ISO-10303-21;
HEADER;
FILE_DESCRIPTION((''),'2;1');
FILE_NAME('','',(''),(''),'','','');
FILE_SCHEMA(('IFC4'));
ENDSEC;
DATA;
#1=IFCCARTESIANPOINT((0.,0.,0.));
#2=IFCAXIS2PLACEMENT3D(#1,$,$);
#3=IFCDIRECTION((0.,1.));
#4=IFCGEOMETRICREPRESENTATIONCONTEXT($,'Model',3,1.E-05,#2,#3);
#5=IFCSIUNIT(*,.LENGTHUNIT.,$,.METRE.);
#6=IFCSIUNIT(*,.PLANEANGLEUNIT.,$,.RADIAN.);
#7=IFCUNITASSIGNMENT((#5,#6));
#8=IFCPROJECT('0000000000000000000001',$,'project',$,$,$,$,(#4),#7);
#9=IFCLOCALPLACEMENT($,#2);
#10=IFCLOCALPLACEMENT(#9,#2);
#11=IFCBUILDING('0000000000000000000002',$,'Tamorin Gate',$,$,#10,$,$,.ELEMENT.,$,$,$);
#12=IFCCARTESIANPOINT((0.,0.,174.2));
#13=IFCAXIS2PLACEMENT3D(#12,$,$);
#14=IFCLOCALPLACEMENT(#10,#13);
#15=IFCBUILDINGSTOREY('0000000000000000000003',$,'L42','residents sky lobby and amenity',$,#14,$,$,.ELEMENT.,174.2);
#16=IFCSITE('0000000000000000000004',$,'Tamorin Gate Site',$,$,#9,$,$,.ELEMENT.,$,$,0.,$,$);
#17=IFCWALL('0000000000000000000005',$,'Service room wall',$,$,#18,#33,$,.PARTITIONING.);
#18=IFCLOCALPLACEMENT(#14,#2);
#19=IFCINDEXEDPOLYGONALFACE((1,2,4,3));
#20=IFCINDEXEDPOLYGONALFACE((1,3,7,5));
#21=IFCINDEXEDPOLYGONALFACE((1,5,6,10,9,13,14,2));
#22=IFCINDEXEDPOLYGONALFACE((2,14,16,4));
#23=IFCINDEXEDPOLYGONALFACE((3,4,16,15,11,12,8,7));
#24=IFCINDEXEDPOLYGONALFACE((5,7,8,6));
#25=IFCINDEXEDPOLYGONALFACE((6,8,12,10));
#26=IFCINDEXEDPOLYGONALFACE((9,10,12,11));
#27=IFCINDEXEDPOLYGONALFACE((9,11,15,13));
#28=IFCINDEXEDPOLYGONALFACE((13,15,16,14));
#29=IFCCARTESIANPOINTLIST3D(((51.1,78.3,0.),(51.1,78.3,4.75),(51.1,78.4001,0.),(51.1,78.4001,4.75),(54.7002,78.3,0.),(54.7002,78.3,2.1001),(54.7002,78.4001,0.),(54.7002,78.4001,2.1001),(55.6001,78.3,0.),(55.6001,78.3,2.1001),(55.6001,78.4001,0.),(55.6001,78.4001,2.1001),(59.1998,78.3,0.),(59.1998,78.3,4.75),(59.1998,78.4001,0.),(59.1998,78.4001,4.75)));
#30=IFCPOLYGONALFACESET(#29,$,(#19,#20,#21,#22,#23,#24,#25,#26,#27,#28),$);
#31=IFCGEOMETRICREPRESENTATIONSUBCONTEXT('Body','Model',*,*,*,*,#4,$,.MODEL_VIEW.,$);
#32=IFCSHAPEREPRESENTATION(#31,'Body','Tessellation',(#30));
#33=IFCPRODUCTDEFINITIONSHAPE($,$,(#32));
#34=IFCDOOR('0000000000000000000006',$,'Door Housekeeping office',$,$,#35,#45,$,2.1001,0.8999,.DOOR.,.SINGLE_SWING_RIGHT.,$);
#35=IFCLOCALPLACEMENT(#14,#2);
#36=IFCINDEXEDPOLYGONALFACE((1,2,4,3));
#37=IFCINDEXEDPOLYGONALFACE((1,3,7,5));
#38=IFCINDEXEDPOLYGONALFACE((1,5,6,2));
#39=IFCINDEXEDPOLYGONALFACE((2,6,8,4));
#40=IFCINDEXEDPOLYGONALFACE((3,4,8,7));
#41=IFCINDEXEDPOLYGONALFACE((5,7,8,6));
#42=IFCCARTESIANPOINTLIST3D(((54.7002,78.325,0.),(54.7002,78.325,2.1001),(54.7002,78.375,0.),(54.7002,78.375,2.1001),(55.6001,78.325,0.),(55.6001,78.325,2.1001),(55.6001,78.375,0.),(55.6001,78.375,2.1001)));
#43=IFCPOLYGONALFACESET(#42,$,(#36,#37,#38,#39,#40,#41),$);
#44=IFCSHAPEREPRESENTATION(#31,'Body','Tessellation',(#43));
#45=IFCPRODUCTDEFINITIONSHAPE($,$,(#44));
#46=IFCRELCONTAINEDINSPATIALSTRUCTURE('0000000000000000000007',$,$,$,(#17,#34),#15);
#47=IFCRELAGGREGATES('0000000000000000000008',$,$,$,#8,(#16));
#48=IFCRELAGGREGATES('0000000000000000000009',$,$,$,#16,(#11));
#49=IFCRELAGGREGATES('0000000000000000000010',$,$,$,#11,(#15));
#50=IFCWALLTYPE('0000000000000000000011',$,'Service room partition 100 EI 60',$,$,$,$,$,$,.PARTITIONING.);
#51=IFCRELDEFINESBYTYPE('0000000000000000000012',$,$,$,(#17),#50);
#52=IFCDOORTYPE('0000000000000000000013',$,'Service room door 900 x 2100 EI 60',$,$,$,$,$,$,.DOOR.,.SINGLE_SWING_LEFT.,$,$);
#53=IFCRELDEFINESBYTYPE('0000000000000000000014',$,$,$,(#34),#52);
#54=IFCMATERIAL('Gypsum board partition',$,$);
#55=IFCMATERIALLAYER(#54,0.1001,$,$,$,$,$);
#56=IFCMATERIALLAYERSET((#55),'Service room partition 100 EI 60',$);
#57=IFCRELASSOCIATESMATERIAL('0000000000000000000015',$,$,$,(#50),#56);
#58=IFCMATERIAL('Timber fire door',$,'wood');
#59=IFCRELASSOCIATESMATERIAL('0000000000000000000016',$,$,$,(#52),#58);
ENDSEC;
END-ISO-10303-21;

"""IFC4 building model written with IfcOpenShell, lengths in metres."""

from ifc_helpers import new_model, si_unit, direction, frame, frame_2d, origin, place, context, subcontext, project, spatial, rectangle, extrude, material, layer, layer_set, type_object, element, fill, save


model = new_model("IFC4")

# Units and contexts
model_context = context("Model", 3, precision=1e-05, world=origin(), true_north=direction((0.0, 1.0)))
body_context = subcontext(model_context, "Body", "Model", "MODEL_VIEW")
ifc_project = project(units=[si_unit("LENGTHUNIT", "METRE"), si_unit("PLANEANGLEUNIT", "RADIAN")], contexts=[model_context])

# Site, building, storey
site_placement = place(None, origin())
site = spatial("IfcSite", under=ifc_project, at=site_placement, Name="Tamorin Gate Site", CompositionType="ELEMENT", RefElevation=0.0)
building_placement = place(site_placement, origin())
building = spatial("IfcBuilding", under=site, at=building_placement, Name="Tamorin Gate", CompositionType="ELEMENT")
storey_placement = place(building_placement, frame((0.0, 0.0, 174.2)))
storey = spatial("IfcBuildingStorey", under=building, at=storey_placement, Name="L42", Description="residents sky lobby and amenity", CompositionType="ELEMENT", Elevation=174.2)

# Shared definitions
ifc_material_1 = material(Name="Gypsum board partition")

# Wall, opening, door
ifc_layer_1 = layer(ifc_material_1, 0.1001)
ifc_layer_set_1 = layer_set([ifc_layer_1], Name="Service room partition 100 EI 60")
wall_type_1 = type_object("IfcWallType", Name="Service room partition 100 EI 60", PredefinedType="PARTITIONING", material=ifc_layer_set_1)
wall_1_placement = place(storey_placement, frame((51.1001, 78.3501, 0.0), z_axis=(0.0, 0.0, 1.0), x_axis=(1.0, 0.0, 0.0)))
wall_1 = element("IfcWall", 1, at=wall_1_placement, inside=storey, type_object=wall_type_1, Name="Service room wall", PredefinedType="PARTITIONING", context=body_context, shape_type="SweptSolid", body=[
    extrude(rectangle(XDim=8.0999, YDim=0.1001, at=frame_2d((4.0498, 0.0))), origin(), (0.0, 0.0, 1.0), 4.75),
])
opening_1_placement = place(wall_1_placement, frame((3.6001, 0.0, 0.0)))
opening_1 = element("IfcOpeningElement", 2, at=opening_1_placement, cuts=wall_1, PredefinedType="OPENING", context=body_context, shape_type="SweptSolid", body=[
    extrude(rectangle(XDim=0.8999, YDim=2.1001, at=frame_2d((0.45, 1.05))), frame((0.0, 0.0601, 0.0), z_axis=(0.0, -1.0, 0.0), x_axis=(1.0, 0.0, 0.0)), (0.0, 0.0, 1.0), 0.1201),
])
ifc_material_2 = material(Name="Timber fire door", Category="wood")
door_type_1 = type_object("IfcDoorType", Name="Service room door 900 x 2100 EI 60", OperationType="SINGLE_SWING_LEFT", PredefinedType="DOOR", material=ifc_material_2)
door_1_placement = place(opening_1_placement, origin())
door_1 = element("IfcDoor", 3, at=door_1_placement, inside=storey, type_object=door_type_1, Name="Door Housekeeping office", OperationType="SINGLE_SWING_RIGHT", OverallHeight=2.1001, OverallWidth=0.8999, PredefinedType="DOOR", context=body_context, shape_type="SweptSolid", body=[
    extrude(rectangle(XDim=0.8999, YDim=2.1001, at=frame_2d((0.45, 1.05))), frame((0.0, 0.0249, 0.0), z_axis=(0.0, -1.0, 0.0), x_axis=(1.0, 0.0, 0.0)), (0.0, 0.0, 1.0), 0.05),
])
fill(opening_1, door_1)

save(model, "model.ifc")
